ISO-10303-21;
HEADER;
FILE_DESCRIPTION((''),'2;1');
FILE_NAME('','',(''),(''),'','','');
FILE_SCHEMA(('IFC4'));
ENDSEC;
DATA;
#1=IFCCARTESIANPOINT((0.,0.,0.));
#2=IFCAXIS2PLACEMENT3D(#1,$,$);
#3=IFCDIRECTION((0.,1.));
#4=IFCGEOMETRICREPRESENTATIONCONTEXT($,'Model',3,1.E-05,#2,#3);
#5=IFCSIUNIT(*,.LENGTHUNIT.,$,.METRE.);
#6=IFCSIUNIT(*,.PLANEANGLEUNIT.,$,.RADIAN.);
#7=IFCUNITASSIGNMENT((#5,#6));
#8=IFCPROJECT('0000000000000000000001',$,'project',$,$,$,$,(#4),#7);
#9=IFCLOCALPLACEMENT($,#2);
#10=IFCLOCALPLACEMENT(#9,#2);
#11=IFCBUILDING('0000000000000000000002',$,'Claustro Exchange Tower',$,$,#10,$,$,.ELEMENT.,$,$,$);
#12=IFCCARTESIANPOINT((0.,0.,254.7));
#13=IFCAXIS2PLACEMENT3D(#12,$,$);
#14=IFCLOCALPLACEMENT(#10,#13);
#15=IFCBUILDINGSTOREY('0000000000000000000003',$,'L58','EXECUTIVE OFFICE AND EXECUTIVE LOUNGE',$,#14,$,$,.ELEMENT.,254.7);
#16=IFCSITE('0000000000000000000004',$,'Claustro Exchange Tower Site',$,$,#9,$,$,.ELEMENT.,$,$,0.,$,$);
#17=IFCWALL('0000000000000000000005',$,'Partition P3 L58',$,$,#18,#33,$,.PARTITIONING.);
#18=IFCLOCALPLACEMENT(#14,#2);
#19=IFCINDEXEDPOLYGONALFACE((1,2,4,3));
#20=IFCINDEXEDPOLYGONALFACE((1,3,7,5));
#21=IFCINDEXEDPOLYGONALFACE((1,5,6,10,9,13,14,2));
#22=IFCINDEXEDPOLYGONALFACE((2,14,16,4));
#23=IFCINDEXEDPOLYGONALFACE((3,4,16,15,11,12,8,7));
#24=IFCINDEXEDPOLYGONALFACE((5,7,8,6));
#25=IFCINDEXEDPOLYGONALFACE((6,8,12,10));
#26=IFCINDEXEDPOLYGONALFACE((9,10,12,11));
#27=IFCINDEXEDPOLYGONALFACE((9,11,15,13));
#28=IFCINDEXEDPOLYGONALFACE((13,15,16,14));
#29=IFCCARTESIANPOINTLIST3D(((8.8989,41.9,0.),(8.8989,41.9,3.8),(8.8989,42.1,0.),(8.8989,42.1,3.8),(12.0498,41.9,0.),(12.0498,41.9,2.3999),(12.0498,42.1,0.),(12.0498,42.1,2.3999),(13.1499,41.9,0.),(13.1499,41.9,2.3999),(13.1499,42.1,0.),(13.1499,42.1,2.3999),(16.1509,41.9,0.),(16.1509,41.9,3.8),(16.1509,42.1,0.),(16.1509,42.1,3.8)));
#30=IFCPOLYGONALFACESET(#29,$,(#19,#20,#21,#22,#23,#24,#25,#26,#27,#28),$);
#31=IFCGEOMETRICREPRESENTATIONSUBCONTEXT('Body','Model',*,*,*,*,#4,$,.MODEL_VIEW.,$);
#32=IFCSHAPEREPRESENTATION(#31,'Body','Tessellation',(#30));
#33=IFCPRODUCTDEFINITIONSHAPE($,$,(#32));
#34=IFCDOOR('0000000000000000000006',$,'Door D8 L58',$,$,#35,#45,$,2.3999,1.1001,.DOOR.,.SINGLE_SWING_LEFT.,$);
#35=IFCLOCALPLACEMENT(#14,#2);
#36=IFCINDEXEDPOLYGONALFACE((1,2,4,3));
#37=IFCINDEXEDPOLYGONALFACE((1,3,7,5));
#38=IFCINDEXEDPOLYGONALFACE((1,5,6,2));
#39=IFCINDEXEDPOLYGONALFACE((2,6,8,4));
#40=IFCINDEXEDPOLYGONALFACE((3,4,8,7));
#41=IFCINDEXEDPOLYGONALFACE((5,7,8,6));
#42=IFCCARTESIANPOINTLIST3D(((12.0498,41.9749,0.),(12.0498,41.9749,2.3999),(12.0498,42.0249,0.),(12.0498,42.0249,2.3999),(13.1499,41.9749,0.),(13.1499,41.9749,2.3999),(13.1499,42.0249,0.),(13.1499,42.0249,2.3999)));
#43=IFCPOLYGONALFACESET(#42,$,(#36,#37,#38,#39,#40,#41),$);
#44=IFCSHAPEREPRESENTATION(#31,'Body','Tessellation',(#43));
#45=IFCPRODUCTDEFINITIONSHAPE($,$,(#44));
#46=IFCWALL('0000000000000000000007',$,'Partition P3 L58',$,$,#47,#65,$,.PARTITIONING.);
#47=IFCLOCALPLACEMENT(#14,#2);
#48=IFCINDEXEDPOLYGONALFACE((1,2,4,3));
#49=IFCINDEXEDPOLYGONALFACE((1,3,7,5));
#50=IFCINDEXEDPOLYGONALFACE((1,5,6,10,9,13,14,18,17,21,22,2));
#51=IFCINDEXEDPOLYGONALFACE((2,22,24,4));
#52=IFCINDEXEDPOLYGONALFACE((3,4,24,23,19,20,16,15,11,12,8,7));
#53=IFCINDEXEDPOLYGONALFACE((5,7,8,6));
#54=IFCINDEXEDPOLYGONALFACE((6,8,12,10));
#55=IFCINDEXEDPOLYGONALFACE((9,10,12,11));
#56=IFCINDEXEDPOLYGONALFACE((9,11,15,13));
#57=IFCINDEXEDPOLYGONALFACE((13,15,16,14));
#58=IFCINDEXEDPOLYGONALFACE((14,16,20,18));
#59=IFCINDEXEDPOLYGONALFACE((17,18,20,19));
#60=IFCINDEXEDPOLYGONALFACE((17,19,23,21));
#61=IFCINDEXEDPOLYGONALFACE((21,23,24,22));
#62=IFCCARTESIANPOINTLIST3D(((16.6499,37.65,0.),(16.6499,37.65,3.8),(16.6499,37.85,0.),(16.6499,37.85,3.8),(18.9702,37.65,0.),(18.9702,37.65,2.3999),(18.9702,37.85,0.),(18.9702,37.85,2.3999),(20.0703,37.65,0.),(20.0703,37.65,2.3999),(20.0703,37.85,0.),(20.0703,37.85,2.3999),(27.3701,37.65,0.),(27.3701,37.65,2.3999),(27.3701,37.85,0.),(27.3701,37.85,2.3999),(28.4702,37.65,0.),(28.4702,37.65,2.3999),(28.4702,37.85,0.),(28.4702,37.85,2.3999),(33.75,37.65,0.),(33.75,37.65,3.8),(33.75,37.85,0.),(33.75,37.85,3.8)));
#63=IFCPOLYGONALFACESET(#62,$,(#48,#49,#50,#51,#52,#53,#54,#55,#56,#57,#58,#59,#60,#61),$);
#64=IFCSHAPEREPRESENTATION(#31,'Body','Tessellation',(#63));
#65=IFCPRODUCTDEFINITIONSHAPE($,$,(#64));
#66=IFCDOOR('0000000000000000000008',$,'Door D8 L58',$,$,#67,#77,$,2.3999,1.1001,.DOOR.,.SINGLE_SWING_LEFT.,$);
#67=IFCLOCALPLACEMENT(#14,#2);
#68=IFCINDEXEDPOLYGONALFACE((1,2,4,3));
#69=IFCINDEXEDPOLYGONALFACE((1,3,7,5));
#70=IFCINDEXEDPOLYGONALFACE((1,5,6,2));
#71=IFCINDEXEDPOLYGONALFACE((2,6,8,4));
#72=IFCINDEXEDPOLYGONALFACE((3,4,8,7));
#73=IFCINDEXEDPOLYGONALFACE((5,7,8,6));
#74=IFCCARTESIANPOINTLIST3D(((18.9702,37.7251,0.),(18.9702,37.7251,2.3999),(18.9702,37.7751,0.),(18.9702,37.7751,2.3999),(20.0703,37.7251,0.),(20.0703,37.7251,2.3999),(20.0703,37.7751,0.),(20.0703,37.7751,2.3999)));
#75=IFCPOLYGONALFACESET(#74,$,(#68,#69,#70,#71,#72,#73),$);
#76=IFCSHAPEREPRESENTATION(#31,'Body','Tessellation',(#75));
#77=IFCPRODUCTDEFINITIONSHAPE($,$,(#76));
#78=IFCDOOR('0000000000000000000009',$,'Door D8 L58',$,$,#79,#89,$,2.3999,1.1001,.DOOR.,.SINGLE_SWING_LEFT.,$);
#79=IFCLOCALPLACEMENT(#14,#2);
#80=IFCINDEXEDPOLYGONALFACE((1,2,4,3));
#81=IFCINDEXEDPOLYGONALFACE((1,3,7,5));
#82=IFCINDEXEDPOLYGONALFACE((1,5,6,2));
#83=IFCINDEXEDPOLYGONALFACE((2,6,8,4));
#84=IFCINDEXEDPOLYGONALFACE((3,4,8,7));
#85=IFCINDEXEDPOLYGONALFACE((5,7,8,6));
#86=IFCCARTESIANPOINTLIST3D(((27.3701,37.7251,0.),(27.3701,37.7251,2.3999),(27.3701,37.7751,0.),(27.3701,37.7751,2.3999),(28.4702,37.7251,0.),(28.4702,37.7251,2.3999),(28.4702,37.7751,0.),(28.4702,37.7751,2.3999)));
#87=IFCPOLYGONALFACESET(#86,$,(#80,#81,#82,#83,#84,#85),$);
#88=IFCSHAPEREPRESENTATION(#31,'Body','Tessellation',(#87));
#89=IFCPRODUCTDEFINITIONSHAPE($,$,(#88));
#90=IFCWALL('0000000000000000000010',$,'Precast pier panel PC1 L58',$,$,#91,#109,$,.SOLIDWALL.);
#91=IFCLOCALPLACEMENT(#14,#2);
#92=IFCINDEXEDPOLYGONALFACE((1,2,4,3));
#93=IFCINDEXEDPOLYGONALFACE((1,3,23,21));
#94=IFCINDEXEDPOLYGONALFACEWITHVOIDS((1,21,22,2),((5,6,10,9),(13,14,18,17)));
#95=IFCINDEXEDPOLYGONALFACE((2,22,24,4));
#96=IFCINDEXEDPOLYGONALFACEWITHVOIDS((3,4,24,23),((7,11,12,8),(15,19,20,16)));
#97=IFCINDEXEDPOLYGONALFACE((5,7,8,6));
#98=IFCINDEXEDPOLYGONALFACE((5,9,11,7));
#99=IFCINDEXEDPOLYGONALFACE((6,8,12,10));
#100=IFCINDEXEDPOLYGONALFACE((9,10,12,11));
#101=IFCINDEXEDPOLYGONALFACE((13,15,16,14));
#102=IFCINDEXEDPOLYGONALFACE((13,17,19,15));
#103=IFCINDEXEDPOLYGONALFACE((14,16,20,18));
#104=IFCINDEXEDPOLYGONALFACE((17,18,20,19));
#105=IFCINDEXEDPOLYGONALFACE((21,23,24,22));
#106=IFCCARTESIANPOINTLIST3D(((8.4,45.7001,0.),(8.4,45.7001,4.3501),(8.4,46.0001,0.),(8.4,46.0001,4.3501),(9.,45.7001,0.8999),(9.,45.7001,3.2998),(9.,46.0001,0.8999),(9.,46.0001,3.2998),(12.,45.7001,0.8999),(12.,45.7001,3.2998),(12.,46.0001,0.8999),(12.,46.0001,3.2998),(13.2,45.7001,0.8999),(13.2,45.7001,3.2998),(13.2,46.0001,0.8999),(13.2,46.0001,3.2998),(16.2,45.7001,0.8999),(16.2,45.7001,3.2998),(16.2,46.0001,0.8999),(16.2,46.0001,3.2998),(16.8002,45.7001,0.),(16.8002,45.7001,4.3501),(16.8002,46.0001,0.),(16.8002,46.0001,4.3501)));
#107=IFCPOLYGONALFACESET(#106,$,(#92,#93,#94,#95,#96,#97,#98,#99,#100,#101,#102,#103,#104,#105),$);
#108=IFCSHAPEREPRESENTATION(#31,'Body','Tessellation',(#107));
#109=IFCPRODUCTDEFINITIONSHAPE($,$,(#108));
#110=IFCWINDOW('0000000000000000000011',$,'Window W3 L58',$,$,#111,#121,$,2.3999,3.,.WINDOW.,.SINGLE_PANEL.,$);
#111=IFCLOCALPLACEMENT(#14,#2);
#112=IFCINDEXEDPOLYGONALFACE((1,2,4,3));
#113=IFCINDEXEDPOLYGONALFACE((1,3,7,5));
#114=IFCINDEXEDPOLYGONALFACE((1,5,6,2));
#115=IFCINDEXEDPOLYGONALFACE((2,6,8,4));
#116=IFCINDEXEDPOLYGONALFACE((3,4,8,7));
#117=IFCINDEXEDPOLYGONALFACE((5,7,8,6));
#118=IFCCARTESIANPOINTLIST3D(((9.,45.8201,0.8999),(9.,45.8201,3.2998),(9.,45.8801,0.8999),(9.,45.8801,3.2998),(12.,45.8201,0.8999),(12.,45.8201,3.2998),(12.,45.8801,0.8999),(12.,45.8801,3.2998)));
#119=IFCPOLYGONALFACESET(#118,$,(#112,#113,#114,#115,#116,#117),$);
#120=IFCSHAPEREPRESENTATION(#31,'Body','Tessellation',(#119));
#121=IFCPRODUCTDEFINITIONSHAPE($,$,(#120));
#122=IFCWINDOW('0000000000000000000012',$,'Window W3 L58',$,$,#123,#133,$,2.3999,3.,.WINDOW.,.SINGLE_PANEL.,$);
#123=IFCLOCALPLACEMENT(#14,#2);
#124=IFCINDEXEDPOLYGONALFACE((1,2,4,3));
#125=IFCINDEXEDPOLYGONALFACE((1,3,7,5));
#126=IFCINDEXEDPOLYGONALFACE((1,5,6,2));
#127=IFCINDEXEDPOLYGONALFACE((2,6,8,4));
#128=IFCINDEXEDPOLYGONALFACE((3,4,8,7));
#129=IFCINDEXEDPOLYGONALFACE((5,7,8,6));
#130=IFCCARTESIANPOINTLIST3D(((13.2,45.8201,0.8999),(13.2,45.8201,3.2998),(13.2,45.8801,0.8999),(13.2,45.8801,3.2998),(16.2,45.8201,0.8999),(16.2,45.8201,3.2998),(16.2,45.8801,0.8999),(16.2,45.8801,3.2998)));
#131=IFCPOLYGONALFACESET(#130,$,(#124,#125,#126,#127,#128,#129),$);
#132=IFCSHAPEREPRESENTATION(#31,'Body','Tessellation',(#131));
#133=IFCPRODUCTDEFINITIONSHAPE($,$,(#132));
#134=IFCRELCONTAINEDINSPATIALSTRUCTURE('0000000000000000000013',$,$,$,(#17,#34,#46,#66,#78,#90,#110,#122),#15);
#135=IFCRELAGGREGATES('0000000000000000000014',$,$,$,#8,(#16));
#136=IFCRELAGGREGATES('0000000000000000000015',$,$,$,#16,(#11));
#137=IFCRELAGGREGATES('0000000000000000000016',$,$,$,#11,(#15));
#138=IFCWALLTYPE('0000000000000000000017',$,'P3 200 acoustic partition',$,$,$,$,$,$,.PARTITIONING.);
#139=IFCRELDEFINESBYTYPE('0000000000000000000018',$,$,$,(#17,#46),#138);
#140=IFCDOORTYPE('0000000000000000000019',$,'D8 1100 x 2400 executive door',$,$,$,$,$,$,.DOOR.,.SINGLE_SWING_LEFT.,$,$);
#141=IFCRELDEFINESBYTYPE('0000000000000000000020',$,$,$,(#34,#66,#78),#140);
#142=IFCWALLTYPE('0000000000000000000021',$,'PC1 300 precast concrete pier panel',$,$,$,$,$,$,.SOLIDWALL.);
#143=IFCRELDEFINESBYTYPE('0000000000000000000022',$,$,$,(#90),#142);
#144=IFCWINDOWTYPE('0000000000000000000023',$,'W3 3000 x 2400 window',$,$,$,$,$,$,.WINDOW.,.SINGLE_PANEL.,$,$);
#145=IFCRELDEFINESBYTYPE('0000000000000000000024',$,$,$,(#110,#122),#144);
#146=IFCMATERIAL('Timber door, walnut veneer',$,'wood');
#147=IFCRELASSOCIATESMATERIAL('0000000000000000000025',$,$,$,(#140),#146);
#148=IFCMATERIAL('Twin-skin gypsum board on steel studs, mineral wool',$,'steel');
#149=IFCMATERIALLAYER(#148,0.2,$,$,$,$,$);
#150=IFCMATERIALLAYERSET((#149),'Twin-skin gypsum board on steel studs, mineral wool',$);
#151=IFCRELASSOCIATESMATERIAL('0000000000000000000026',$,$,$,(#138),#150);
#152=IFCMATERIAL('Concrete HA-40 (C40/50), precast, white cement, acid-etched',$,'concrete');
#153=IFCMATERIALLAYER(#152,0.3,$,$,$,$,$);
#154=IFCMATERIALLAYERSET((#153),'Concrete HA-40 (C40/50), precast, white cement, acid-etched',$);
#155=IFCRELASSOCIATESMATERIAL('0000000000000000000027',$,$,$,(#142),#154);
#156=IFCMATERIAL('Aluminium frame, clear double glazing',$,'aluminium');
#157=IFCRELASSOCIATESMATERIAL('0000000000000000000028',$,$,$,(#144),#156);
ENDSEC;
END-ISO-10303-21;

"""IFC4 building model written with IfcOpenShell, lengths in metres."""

from ifc_helpers import new_model, si_unit, direction, frame, frame_2d, origin, place, context, subcontext, project, spatial, rectangle, extrude, material, layer, layer_set, type_object, element, fill, save


model = new_model("IFC4")

# Units and contexts
model_context = context("Model", 3, precision=1e-05, world=origin(), true_north=direction((0.0, 1.0)))
body_context = subcontext(model_context, "Body", "Model", "MODEL_VIEW")
ifc_project = project(units=[si_unit("LENGTHUNIT", "METRE"), si_unit("PLANEANGLEUNIT", "RADIAN")], contexts=[model_context])

# Site, building, storey
site_placement = place(None, origin())
site = spatial("IfcSite", under=ifc_project, at=site_placement, Name="Claustro Exchange Tower Site", CompositionType="ELEMENT", RefElevation=0.0)
building_placement = place(site_placement, origin())
building = spatial("IfcBuilding", under=site, at=building_placement, Name="Claustro Exchange Tower", CompositionType="ELEMENT")
storey_placement = place(building_placement, frame((0.0, 0.0, 254.7)))
storey = spatial("IfcBuildingStorey", under=building, at=storey_placement, Name="L58", Description="EXECUTIVE OFFICE AND EXECUTIVE LOUNGE", CompositionType="ELEMENT", Elevation=254.7)

# Wall, opening, door
ifc_material_1 = material(Name="Timber door, walnut veneer", Category="wood")
door_type = type_object("IfcDoorType", Name="D8 1100 x 2400 executive door", OperationType="SINGLE_SWING_LEFT", PredefinedType="DOOR", material=ifc_material_1)
ifc_material_2 = material(Name="Twin-skin gypsum board on steel studs, mineral wool", Category="steel")
ifc_layer_1 = layer(ifc_material_2, 0.2)
ifc_layer_set_1 = layer_set([ifc_layer_1], Name="Twin-skin gypsum board on steel studs, mineral wool")
wall_type_1 = type_object("IfcWallType", Name="P3 200 acoustic partition", PredefinedType="PARTITIONING", material=ifc_layer_set_1)
wall_1_placement = place(storey_placement, frame((8.8989, 42.0, 0.0), z_axis=(0.0, 0.0, 1.0), x_axis=(1.0, 0.0, 0.0)))
wall_1 = element("IfcWall", 1, at=wall_1_placement, inside=storey, type_object=wall_type_1, Name="Partition P3 L58", PredefinedType="PARTITIONING", context=body_context, shape_type="SweptSolid", body=[
    extrude(rectangle(XDim=7.252, YDim=0.2, at=frame_2d((3.626, 0.0))), origin(), (0.0, 0.0, 1.0), 3.8),
])
opening_1_placement = place(wall_1_placement, frame((3.1509, 0.0, 0.0)))
opening_1 = element("IfcOpeningElement", 2, at=opening_1_placement, cuts=wall_1, PredefinedType="OPENING", context=body_context, shape_type="SweptSolid", body=[
    extrude(rectangle(XDim=1.1001, YDim=2.3999, at=frame_2d((0.55, 1.2))), frame((0.0, 0.1099, 0.0), z_axis=(0.0, -1.0, 0.0), x_axis=(1.0, 0.0, 0.0)), (0.0, 0.0, 1.0), 0.22),
])
door_1_placement = place(opening_1_placement, origin())
door_1 = element("IfcDoor", 3, at=door_1_placement, inside=storey, type_object=door_type, Name="Door D8 L58", OperationType="SINGLE_SWING_LEFT", OverallHeight=2.3999, OverallWidth=1.1001, PredefinedType="DOOR", context=body_context, shape_type="SweptSolid", body=[
    extrude(rectangle(XDim=1.1001, YDim=2.3999, at=frame_2d((0.55, 1.2))), frame((0.0, 0.0249, 0.0), z_axis=(0.0, -1.0, 0.0), x_axis=(1.0, 0.0, 0.0)), (0.0, 0.0, 1.0), 0.05),
])
fill(opening_1, door_1)

# Wall, openings, doors
wall_2_placement = place(storey_placement, frame((16.6499, 37.75, 0.0), z_axis=(0.0, 0.0, 1.0), x_axis=(1.0, 0.0, 0.0)))
wall_2 = element("IfcWall", 4, at=wall_2_placement, inside=storey, type_object=wall_type_1, Name="Partition P3 L58", PredefinedType="PARTITIONING", context=body_context, shape_type="SweptSolid", body=[
    extrude(rectangle(XDim=17.1001, YDim=0.2, at=frame_2d((8.55, 0.0))), origin(), (0.0, 0.0, 1.0), 3.8),
])
opening_2_placement = place(wall_2_placement, frame((2.3203, 0.0, 0.0)))
opening_2 = element("IfcOpeningElement", 5, at=opening_2_placement, cuts=wall_2, PredefinedType="OPENING", context=body_context, shape_type="SweptSolid", body=[
    extrude(rectangle(XDim=1.1001, YDim=2.3999, at=frame_2d((0.55, 1.2))), frame((0.0, 0.1099, 0.0), z_axis=(0.0, -1.0, 0.0), x_axis=(1.0, 0.0, 0.0)), (0.0, 0.0, 1.0), 0.22),
])
opening_3_placement = place(wall_2_placement, frame((10.7202, 0.0, 0.0)))
opening_3 = element("IfcOpeningElement", 6, at=opening_3_placement, cuts=wall_2, PredefinedType="OPENING", context=body_context, shape_type="SweptSolid", body=[
    extrude(rectangle(XDim=1.1001, YDim=2.3999, at=frame_2d((0.55, 1.2))), frame((0.0, 0.1099, 0.0), z_axis=(0.0, -1.0, 0.0), x_axis=(1.0, 0.0, 0.0)), (0.0, 0.0, 1.0), 0.22),
])
door_2_placement = place(opening_2_placement, frame((1.1001, 0.0, 0.0), z_axis=(0.0, 0.0, 1.0), x_axis=(-1.0, 0.0, 0.0)))
door_2 = element("IfcDoor", 7, at=door_2_placement, inside=storey, type_object=door_type, Name="Door D8 L58", OperationType="SINGLE_SWING_LEFT", OverallHeight=2.3999, OverallWidth=1.1001, PredefinedType="DOOR", context=body_context, shape_type="SweptSolid", body=[
    extrude(rectangle(XDim=1.1001, YDim=2.3999, at=frame_2d((0.55, 1.2))), frame((0.0, 0.0249, 0.0), z_axis=(0.0, -1.0, 0.0), x_axis=(1.0, 0.0, 0.0)), (0.0, 0.0, 1.0), 0.05),
])
fill(opening_2, door_2)
door_3_placement = place(opening_3_placement, frame((1.1001, 0.0, 0.0), z_axis=(0.0, 0.0, 1.0), x_axis=(-1.0, 0.0, 0.0)))
door_3 = element("IfcDoor", 8, at=door_3_placement, inside=storey, type_object=door_type, Name="Door D8 L58", OperationType="SINGLE_SWING_LEFT", OverallHeight=2.3999, OverallWidth=1.1001, PredefinedType="DOOR", context=body_context, shape_type="SweptSolid", body=[
    extrude(rectangle(XDim=1.1001, YDim=2.3999, at=frame_2d((0.55, 1.2))), frame((0.0, 0.0249, 0.0), z_axis=(0.0, -1.0, 0.0), x_axis=(1.0, 0.0, 0.0)), (0.0, 0.0, 1.0), 0.05),
])
fill(opening_3, door_3)

# Wall, openings, windows
ifc_material_3 = material(Name="Concrete HA-40 (C40/50), precast, white cement, acid-etched", Category="concrete")
ifc_layer_2 = layer(ifc_material_3, 0.3)
ifc_layer_set_2 = layer_set([ifc_layer_2], Name="Concrete HA-40 (C40/50), precast, white cement, acid-etched")
wall_type_2 = type_object("IfcWallType", Name="PC1 300 precast concrete pier panel", PredefinedType="SOLIDWALL", material=ifc_layer_set_2)
wall_3_placement = place(storey_placement, frame((8.3999, 45.8501, 0.0), z_axis=(0.0, 0.0, 1.0), x_axis=(1.0, 0.0, 0.0)))
wall_3 = element("IfcWall", 9, at=wall_3_placement, inside=storey, type_object=wall_type_2, Name="Precast pier panel PC1 L58", PredefinedType="SOLIDWALL", context=body_context, shape_type="SweptSolid", body=[
    extrude(rectangle(XDim=8.4001, YDim=0.3, at=frame_2d((4.2002, 0.0))), origin(), (0.0, 0.0, 1.0), 4.3501),
])
opening_4_placement = place(wall_3_placement, frame((0.6001, 0.0, 0.8999)))
opening_4 = element("IfcOpeningElement", 10, at=opening_4_placement, cuts=wall_3, PredefinedType="OPENING", context=body_context, shape_type="SweptSolid", body=[
    extrude(rectangle(XDim=3.0, YDim=2.3999, at=frame_2d((1.5, 1.2))), frame((0.0, 0.1599, 0.0), z_axis=(0.0, -1.0, 0.0), x_axis=(1.0, 0.0, 0.0)), (0.0, 0.0, 1.0), 0.3201),
])
opening_5_placement = place(wall_3_placement, frame((4.8, 0.0, 0.8999)))
opening_5 = element("IfcOpeningElement", 11, at=opening_5_placement, cuts=wall_3, PredefinedType="OPENING", context=body_context, shape_type="SweptSolid", body=[
    extrude(rectangle(XDim=3.0, YDim=2.3999, at=frame_2d((1.5, 1.2))), frame((0.0, 0.1599, 0.0), z_axis=(0.0, -1.0, 0.0), x_axis=(1.0, 0.0, 0.0)), (0.0, 0.0, 1.0), 0.3201),
])
ifc_material_4 = material(Name="Aluminium frame, clear double glazing", Category="aluminium")
window_type = type_object("IfcWindowType", Name="W3 3000 x 2400 window", PartitioningType="SINGLE_PANEL", PredefinedType="WINDOW", material=ifc_material_4)
window_1_placement = place(opening_4_placement, origin())
window_1 = element("IfcWindow", 12, at=window_1_placement, inside=storey, type_object=window_type, Name="Window W3 L58", OverallHeight=2.3999, OverallWidth=3.0, PartitioningType="SINGLE_PANEL", PredefinedType="WINDOW", context=body_context, shape_type="SweptSolid", body=[
    extrude(rectangle(XDim=3.0, YDim=2.3999, at=frame_2d((1.5, 1.2))), frame((0.0, 0.03, 0.0), z_axis=(0.0, -1.0, 0.0), x_axis=(1.0, 0.0, 0.0)), (0.0, 0.0, 1.0), 0.0601),
])
fill(opening_4, window_1)
window_2_placement = place(opening_5_placement, origin())
window_2 = element("IfcWindow", 13, at=window_2_placement, inside=storey, type_object=window_type, Name="Window W3 L58", OverallHeight=2.3999, OverallWidth=3.0, PartitioningType="SINGLE_PANEL", PredefinedType="WINDOW", context=body_context, shape_type="SweptSolid", body=[
    extrude(rectangle(XDim=3.0, YDim=2.3999, at=frame_2d((1.5, 1.2))), frame((0.0, 0.03, 0.0), z_axis=(0.0, -1.0, 0.0), x_axis=(1.0, 0.0, 0.0)), (0.0, 0.0, 1.0), 0.0601),
])
fill(opening_5, window_2)

save(model, "model.ifc")
